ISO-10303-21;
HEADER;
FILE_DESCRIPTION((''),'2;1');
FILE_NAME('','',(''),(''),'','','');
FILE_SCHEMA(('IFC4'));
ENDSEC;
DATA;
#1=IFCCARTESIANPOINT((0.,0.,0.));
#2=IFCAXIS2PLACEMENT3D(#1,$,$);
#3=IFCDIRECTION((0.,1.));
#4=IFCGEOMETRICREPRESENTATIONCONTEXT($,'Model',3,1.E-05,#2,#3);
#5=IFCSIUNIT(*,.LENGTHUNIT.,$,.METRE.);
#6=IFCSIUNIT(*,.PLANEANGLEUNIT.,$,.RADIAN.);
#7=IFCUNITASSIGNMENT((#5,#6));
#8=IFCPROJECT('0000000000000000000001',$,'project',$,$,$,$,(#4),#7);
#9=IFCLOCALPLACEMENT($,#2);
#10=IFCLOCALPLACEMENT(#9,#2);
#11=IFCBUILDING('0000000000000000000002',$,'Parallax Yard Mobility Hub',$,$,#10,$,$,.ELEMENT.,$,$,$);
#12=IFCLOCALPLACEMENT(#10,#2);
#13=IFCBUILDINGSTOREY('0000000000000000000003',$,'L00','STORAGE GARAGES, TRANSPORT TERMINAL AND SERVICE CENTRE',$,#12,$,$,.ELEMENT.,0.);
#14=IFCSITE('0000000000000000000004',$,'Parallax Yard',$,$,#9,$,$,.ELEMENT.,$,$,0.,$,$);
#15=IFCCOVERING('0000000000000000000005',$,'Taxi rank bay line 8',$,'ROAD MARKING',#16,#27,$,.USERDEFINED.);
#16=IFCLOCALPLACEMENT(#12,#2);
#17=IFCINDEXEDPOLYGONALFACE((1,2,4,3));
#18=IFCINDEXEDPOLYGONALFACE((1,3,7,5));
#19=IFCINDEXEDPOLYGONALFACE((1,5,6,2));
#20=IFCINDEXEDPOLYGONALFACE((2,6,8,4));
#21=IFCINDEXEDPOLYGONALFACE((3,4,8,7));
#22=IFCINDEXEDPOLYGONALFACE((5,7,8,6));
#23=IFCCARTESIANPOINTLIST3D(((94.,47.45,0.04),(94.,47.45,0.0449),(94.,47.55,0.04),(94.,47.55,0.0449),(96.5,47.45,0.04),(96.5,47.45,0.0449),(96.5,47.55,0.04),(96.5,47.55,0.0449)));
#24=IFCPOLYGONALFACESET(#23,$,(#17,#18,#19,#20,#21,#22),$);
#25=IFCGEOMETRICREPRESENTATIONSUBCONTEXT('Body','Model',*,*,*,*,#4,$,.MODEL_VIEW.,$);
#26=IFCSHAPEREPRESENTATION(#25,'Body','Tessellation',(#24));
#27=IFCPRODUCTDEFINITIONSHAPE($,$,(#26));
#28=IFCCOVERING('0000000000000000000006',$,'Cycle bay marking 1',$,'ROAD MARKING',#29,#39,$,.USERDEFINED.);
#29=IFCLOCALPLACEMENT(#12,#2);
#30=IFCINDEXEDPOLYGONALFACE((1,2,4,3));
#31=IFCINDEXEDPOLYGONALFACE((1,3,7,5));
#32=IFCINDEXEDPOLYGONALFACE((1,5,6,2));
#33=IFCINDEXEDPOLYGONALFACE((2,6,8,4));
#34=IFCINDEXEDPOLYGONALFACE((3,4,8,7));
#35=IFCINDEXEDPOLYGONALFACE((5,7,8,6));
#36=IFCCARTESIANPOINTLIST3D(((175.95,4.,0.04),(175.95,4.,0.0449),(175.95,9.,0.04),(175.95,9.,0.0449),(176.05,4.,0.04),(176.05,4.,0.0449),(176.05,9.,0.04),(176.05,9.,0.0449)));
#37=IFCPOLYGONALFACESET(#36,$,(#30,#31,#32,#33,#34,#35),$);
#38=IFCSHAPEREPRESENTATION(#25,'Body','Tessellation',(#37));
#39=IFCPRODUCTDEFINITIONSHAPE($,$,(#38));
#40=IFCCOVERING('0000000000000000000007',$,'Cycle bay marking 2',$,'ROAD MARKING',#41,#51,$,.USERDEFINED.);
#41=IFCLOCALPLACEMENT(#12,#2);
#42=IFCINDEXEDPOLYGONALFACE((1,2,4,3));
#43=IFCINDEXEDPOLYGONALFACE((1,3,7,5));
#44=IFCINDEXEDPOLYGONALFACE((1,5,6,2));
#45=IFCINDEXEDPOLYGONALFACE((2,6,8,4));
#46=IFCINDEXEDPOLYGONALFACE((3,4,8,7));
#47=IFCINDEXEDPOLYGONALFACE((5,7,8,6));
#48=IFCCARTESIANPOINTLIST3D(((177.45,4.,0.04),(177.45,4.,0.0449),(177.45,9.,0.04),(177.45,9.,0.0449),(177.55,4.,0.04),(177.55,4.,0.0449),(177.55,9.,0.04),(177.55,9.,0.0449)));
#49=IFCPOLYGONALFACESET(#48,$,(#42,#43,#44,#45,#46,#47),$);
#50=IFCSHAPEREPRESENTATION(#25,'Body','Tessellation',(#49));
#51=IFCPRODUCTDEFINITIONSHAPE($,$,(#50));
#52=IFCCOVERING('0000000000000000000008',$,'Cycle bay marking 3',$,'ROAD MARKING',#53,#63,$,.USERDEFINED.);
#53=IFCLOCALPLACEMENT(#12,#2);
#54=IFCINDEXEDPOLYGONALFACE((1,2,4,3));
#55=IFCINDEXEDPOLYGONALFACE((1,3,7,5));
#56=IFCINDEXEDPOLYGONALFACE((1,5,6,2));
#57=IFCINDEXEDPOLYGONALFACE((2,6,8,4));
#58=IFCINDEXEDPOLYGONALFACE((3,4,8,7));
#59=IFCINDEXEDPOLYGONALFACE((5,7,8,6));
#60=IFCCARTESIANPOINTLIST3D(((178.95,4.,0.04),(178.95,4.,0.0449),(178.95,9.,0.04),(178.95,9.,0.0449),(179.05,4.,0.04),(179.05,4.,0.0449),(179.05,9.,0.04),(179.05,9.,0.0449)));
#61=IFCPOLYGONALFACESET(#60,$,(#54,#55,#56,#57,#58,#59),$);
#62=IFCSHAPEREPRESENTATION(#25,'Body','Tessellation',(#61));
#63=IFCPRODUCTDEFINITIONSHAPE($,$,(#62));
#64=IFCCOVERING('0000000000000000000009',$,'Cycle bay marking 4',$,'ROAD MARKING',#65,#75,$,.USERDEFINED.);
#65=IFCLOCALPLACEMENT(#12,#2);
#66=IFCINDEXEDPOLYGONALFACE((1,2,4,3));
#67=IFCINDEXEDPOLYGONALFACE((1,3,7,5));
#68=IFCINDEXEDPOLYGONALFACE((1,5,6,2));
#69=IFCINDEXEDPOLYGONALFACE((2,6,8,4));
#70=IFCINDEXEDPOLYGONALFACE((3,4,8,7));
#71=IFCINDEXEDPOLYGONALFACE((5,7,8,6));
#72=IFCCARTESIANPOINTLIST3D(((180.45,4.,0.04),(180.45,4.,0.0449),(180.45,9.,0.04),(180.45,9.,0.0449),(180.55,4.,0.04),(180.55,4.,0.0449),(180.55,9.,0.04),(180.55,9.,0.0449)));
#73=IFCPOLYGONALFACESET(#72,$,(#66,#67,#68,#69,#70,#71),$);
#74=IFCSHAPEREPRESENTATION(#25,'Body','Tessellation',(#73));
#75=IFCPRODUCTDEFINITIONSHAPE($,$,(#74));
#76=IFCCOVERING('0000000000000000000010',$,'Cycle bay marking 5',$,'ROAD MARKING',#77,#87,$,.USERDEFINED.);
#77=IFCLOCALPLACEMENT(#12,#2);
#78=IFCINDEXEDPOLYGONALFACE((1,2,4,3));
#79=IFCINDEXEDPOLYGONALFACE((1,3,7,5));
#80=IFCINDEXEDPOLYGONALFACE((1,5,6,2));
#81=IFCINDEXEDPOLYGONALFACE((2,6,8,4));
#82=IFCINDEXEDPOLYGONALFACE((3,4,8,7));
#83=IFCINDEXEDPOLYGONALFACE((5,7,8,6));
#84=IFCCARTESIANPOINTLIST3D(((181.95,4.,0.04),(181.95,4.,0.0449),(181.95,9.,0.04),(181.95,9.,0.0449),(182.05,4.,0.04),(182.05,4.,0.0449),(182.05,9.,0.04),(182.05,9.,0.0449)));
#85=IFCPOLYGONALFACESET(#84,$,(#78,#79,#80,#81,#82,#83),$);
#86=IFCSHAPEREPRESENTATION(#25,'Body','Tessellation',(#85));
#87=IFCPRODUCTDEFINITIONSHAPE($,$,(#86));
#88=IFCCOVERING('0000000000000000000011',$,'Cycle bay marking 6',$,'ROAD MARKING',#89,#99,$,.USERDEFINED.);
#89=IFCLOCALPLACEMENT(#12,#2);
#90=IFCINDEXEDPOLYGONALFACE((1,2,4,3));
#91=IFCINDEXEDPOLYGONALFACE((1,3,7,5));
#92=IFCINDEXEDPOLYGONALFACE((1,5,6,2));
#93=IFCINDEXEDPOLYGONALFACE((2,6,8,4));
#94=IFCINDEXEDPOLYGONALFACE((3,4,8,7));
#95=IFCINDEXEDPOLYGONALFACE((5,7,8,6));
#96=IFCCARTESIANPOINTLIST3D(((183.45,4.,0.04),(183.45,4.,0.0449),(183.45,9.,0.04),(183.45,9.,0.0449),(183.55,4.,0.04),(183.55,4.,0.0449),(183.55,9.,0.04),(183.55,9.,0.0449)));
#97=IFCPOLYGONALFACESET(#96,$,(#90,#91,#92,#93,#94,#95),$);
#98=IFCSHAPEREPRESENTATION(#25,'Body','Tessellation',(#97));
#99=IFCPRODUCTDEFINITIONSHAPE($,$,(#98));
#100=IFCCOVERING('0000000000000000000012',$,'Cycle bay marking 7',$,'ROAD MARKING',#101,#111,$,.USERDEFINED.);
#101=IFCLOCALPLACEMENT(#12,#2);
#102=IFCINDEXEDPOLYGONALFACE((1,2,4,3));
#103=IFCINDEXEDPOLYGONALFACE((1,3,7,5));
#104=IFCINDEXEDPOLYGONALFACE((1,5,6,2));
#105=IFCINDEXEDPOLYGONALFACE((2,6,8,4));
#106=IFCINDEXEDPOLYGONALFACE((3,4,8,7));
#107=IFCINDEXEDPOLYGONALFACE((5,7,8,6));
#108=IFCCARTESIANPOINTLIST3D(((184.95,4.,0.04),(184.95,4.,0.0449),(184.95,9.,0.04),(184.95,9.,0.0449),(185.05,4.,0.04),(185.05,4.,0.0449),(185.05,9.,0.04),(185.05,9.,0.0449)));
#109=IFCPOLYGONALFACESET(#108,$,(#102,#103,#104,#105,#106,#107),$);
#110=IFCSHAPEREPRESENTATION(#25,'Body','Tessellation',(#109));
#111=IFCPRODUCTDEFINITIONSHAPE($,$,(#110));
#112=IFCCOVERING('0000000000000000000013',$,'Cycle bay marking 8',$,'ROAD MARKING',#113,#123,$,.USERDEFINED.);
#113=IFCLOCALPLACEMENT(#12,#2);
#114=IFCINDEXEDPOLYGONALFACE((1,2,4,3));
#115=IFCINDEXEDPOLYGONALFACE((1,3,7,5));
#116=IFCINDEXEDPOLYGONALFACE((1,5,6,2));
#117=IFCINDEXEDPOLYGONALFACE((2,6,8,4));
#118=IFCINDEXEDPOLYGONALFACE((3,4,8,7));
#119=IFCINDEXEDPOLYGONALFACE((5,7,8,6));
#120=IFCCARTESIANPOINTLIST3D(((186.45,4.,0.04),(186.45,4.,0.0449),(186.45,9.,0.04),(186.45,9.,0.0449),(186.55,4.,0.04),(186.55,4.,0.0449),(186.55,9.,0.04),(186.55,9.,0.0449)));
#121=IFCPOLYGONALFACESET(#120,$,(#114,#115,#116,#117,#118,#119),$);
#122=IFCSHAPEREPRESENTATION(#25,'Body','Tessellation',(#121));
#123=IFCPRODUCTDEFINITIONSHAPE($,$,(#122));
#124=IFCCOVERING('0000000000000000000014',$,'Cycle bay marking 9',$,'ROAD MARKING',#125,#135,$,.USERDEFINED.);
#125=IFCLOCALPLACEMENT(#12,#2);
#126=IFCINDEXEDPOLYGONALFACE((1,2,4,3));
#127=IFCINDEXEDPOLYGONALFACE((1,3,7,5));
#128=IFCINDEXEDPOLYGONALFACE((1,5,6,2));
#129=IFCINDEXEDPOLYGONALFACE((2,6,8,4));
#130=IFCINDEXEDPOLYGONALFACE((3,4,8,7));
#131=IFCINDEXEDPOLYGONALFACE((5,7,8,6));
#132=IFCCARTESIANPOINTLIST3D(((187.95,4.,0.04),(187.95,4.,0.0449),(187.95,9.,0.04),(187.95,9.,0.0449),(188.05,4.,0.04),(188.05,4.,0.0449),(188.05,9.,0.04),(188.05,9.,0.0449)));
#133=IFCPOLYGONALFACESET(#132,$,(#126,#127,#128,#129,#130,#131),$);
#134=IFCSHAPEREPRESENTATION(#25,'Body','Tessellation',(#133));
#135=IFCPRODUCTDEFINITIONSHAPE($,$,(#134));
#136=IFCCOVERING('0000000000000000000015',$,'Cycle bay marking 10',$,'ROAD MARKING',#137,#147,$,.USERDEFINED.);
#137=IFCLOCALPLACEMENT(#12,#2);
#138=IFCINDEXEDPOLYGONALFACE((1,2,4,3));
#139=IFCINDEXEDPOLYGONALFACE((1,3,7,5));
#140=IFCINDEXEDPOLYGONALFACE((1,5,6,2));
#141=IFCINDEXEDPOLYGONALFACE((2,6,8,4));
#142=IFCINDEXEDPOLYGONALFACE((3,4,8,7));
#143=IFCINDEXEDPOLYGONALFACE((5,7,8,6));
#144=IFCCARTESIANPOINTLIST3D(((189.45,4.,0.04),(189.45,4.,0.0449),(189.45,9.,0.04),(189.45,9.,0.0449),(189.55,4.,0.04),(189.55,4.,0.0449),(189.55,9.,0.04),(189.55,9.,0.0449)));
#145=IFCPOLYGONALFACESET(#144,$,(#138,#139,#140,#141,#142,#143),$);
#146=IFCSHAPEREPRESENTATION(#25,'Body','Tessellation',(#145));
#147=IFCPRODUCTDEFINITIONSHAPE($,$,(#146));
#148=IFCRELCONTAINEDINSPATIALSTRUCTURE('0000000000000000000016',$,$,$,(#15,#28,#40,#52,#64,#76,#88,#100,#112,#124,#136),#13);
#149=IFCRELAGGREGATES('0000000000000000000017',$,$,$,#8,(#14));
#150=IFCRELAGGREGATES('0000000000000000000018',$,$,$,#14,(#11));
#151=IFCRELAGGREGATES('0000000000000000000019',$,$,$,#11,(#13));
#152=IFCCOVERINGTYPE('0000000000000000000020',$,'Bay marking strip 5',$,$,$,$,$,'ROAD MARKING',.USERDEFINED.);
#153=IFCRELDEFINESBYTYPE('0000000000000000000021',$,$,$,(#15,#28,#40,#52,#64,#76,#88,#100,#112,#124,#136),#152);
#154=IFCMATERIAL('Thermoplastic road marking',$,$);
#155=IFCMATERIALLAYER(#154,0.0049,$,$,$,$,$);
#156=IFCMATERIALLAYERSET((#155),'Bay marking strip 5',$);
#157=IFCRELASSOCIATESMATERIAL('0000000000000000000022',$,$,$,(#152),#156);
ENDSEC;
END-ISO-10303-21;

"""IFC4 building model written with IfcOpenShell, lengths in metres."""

from ifc_helpers import new_model, si_unit, direction, frame, origin, place, context, subcontext, project, spatial, polyline, outline, extrude, material, layer, layer_set, type_object, element, save


model = new_model("IFC4")

# Units and contexts
model_context = context("Model", 3, precision=1e-05, world=origin(), true_north=direction((0.0, 1.0)))
body_context = subcontext(model_context, "Body", "Model", "MODEL_VIEW")
ifc_project = project(units=[si_unit("LENGTHUNIT", "METRE"), si_unit("PLANEANGLEUNIT", "RADIAN")], contexts=[model_context])

# Site, building, storey
site_placement = place(None, origin())
site = spatial("IfcSite", under=ifc_project, at=site_placement, Name="Parallax Yard", CompositionType="ELEMENT", RefElevation=0.0)
building_placement = place(site_placement, origin())
building = spatial("IfcBuilding", under=site, at=building_placement, Name="Parallax Yard Mobility Hub", CompositionType="ELEMENT")
storey_placement = place(building_placement, origin())
storey = spatial("IfcBuildingStorey", under=building, at=storey_placement, Name="L00", Description="STORAGE GARAGES, TRANSPORT TERMINAL AND SERVICE CENTRE", CompositionType="ELEMENT", Elevation=0.0)

# Coverings
ifc_material = material(Name="Thermoplastic road marking")
ifc_layer = layer(ifc_material, 0.0049)
ifc_layer_set = layer_set([ifc_layer], Name="Bay marking strip 5")
covering_type = type_object("IfcCoveringType", Name="Bay marking strip 5", ElementType="ROAD MARKING", PredefinedType="USERDEFINED", material=ifc_layer_set)
covering_1_placement = place(storey_placement, frame((0.0, 0.0, 0.04)))
element("IfcCovering", 1, at=covering_1_placement, inside=storey, type_object=covering_type, Name="Taxi rank bay line 8", ObjectType="ROAD MARKING", PredefinedType="USERDEFINED", context=body_context, shape_type="SweptSolid", body=[
    extrude(outline(polyline([(96.5, 47.45), (96.5, 47.55), (94.0, 47.55), (94.0, 47.45), (96.5, 47.45)])), origin(), (0.0, 0.0, 1.0), 0.0049),
])
covering_2_placement = place(storey_placement, frame((0.0, 0.0, 0.04)))
element("IfcCovering", 2, at=covering_2_placement, inside=storey, type_object=covering_type, Name="Cycle bay marking 1", ObjectType="ROAD MARKING", PredefinedType="USERDEFINED", context=body_context, shape_type="SweptSolid", body=[
    extrude(outline(polyline([(176.05, 4.0), (176.05, 9.0), (175.95, 9.0), (175.95, 4.0), (176.05, 4.0)])), origin(), (0.0, 0.0, 1.0), 0.0049),
])
covering_3_placement = place(storey_placement, frame((0.0, 0.0, 0.04)))
element("IfcCovering", 3, at=covering_3_placement, inside=storey, type_object=covering_type, Name="Cycle bay marking 2", ObjectType="ROAD MARKING", PredefinedType="USERDEFINED", context=body_context, shape_type="SweptSolid", body=[
    extrude(outline(polyline([(177.55, 4.0), (177.55, 9.0), (177.45, 9.0), (177.45, 4.0), (177.55, 4.0)])), origin(), (0.0, 0.0, 1.0), 0.0049),
])
covering_4_placement = place(storey_placement, frame((0.0, 0.0, 0.04)))
element("IfcCovering", 4, at=covering_4_placement, inside=storey, type_object=covering_type, Name="Cycle bay marking 3", ObjectType="ROAD MARKING", PredefinedType="USERDEFINED", context=body_context, shape_type="SweptSolid", body=[
    extrude(outline(polyline([(179.05, 4.0), (179.05, 9.0), (178.95, 9.0), (178.95, 4.0), (179.05, 4.0)])), origin(), (0.0, 0.0, 1.0), 0.0049),
])
covering_5_placement = place(storey_placement, frame((0.0, 0.0, 0.04)))
element("IfcCovering", 5, at=covering_5_placement, inside=storey, type_object=covering_type, Name="Cycle bay marking 4", ObjectType="ROAD MARKING", PredefinedType="USERDEFINED", context=body_context, shape_type="SweptSolid", body=[
    extrude(outline(polyline([(180.55, 4.0), (180.55, 9.0), (180.45, 9.0), (180.45, 4.0), (180.55, 4.0)])), origin(), (0.0, 0.0, 1.0), 0.0049),
])
covering_6_placement = place(storey_placement, frame((0.0, 0.0, 0.04)))
element("IfcCovering", 6, at=covering_6_placement, inside=storey, type_object=covering_type, Name="Cycle bay marking 5", ObjectType="ROAD MARKING", PredefinedType="USERDEFINED", context=body_context, shape_type="SweptSolid", body=[
    extrude(outline(polyline([(182.05, 4.0), (182.05, 9.0), (181.95, 9.0), (181.95, 4.0), (182.05, 4.0)])), origin(), (0.0, 0.0, 1.0), 0.0049),
])
covering_7_placement = place(storey_placement, frame((0.0, 0.0, 0.04)))
element("IfcCovering", 7, at=covering_7_placement, inside=storey, type_object=covering_type, Name="Cycle bay marking 6", ObjectType="ROAD MARKING", PredefinedType="USERDEFINED", context=body_context, shape_type="SweptSolid", body=[
    extrude(outline(polyline([(183.55, 4.0), (183.55, 9.0), (183.45, 9.0), (183.45, 4.0), (183.55, 4.0)])), origin(), (0.0, 0.0, 1.0), 0.0049),
])
covering_8_placement = place(storey_placement, frame((0.0, 0.0, 0.04)))
element("IfcCovering", 8, at=covering_8_placement, inside=storey, type_object=covering_type, Name="Cycle bay marking 7", ObjectType="ROAD MARKING", PredefinedType="USERDEFINED", context=body_context, shape_type="SweptSolid", body=[
    extrude(outline(polyline([(185.05, 4.0), (185.05, 9.0), (184.95, 9.0), (184.95, 4.0), (185.05, 4.0)])), origin(), (0.0, 0.0, 1.0), 0.0049),
])
covering_9_placement = place(storey_placement, frame((0.0, 0.0, 0.04)))
element("IfcCovering", 9, at=covering_9_placement, inside=storey, type_object=covering_type, Name="Cycle bay marking 8", ObjectType="ROAD MARKING", PredefinedType="USERDEFINED", context=body_context, shape_type="SweptSolid", body=[
    extrude(outline(polyline([(186.55, 4.0), (186.55, 9.0), (186.45, 9.0), (186.45, 4.0), (186.55, 4.0)])), origin(), (0.0, 0.0, 1.0), 0.0049),
])
covering_10_placement = place(storey_placement, frame((0.0, 0.0, 0.04)))
element("IfcCovering", 10, at=covering_10_placement, inside=storey, type_object=covering_type, Name="Cycle bay marking 9", ObjectType="ROAD MARKING", PredefinedType="USERDEFINED", context=body_context, shape_type="SweptSolid", body=[
    extrude(outline(polyline([(188.05, 4.0), (188.05, 9.0), (187.95, 9.0), (187.95, 4.0), (188.05, 4.0)])), origin(), (0.0, 0.0, 1.0), 0.0049),
])
covering_11_placement = place(storey_placement, frame((0.0, 0.0, 0.04)))
element("IfcCovering", 11, at=covering_11_placement, inside=storey, type_object=covering_type, Name="Cycle bay marking 10", ObjectType="ROAD MARKING", PredefinedType="USERDEFINED", context=body_context, shape_type="SweptSolid", body=[
    extrude(outline(polyline([(189.55, 4.0), (189.55, 9.0), (189.45, 9.0), (189.45, 4.0), (189.55, 4.0)])), origin(), (0.0, 0.0, 1.0), 0.0049),
])

save(model, "model.ifc")
